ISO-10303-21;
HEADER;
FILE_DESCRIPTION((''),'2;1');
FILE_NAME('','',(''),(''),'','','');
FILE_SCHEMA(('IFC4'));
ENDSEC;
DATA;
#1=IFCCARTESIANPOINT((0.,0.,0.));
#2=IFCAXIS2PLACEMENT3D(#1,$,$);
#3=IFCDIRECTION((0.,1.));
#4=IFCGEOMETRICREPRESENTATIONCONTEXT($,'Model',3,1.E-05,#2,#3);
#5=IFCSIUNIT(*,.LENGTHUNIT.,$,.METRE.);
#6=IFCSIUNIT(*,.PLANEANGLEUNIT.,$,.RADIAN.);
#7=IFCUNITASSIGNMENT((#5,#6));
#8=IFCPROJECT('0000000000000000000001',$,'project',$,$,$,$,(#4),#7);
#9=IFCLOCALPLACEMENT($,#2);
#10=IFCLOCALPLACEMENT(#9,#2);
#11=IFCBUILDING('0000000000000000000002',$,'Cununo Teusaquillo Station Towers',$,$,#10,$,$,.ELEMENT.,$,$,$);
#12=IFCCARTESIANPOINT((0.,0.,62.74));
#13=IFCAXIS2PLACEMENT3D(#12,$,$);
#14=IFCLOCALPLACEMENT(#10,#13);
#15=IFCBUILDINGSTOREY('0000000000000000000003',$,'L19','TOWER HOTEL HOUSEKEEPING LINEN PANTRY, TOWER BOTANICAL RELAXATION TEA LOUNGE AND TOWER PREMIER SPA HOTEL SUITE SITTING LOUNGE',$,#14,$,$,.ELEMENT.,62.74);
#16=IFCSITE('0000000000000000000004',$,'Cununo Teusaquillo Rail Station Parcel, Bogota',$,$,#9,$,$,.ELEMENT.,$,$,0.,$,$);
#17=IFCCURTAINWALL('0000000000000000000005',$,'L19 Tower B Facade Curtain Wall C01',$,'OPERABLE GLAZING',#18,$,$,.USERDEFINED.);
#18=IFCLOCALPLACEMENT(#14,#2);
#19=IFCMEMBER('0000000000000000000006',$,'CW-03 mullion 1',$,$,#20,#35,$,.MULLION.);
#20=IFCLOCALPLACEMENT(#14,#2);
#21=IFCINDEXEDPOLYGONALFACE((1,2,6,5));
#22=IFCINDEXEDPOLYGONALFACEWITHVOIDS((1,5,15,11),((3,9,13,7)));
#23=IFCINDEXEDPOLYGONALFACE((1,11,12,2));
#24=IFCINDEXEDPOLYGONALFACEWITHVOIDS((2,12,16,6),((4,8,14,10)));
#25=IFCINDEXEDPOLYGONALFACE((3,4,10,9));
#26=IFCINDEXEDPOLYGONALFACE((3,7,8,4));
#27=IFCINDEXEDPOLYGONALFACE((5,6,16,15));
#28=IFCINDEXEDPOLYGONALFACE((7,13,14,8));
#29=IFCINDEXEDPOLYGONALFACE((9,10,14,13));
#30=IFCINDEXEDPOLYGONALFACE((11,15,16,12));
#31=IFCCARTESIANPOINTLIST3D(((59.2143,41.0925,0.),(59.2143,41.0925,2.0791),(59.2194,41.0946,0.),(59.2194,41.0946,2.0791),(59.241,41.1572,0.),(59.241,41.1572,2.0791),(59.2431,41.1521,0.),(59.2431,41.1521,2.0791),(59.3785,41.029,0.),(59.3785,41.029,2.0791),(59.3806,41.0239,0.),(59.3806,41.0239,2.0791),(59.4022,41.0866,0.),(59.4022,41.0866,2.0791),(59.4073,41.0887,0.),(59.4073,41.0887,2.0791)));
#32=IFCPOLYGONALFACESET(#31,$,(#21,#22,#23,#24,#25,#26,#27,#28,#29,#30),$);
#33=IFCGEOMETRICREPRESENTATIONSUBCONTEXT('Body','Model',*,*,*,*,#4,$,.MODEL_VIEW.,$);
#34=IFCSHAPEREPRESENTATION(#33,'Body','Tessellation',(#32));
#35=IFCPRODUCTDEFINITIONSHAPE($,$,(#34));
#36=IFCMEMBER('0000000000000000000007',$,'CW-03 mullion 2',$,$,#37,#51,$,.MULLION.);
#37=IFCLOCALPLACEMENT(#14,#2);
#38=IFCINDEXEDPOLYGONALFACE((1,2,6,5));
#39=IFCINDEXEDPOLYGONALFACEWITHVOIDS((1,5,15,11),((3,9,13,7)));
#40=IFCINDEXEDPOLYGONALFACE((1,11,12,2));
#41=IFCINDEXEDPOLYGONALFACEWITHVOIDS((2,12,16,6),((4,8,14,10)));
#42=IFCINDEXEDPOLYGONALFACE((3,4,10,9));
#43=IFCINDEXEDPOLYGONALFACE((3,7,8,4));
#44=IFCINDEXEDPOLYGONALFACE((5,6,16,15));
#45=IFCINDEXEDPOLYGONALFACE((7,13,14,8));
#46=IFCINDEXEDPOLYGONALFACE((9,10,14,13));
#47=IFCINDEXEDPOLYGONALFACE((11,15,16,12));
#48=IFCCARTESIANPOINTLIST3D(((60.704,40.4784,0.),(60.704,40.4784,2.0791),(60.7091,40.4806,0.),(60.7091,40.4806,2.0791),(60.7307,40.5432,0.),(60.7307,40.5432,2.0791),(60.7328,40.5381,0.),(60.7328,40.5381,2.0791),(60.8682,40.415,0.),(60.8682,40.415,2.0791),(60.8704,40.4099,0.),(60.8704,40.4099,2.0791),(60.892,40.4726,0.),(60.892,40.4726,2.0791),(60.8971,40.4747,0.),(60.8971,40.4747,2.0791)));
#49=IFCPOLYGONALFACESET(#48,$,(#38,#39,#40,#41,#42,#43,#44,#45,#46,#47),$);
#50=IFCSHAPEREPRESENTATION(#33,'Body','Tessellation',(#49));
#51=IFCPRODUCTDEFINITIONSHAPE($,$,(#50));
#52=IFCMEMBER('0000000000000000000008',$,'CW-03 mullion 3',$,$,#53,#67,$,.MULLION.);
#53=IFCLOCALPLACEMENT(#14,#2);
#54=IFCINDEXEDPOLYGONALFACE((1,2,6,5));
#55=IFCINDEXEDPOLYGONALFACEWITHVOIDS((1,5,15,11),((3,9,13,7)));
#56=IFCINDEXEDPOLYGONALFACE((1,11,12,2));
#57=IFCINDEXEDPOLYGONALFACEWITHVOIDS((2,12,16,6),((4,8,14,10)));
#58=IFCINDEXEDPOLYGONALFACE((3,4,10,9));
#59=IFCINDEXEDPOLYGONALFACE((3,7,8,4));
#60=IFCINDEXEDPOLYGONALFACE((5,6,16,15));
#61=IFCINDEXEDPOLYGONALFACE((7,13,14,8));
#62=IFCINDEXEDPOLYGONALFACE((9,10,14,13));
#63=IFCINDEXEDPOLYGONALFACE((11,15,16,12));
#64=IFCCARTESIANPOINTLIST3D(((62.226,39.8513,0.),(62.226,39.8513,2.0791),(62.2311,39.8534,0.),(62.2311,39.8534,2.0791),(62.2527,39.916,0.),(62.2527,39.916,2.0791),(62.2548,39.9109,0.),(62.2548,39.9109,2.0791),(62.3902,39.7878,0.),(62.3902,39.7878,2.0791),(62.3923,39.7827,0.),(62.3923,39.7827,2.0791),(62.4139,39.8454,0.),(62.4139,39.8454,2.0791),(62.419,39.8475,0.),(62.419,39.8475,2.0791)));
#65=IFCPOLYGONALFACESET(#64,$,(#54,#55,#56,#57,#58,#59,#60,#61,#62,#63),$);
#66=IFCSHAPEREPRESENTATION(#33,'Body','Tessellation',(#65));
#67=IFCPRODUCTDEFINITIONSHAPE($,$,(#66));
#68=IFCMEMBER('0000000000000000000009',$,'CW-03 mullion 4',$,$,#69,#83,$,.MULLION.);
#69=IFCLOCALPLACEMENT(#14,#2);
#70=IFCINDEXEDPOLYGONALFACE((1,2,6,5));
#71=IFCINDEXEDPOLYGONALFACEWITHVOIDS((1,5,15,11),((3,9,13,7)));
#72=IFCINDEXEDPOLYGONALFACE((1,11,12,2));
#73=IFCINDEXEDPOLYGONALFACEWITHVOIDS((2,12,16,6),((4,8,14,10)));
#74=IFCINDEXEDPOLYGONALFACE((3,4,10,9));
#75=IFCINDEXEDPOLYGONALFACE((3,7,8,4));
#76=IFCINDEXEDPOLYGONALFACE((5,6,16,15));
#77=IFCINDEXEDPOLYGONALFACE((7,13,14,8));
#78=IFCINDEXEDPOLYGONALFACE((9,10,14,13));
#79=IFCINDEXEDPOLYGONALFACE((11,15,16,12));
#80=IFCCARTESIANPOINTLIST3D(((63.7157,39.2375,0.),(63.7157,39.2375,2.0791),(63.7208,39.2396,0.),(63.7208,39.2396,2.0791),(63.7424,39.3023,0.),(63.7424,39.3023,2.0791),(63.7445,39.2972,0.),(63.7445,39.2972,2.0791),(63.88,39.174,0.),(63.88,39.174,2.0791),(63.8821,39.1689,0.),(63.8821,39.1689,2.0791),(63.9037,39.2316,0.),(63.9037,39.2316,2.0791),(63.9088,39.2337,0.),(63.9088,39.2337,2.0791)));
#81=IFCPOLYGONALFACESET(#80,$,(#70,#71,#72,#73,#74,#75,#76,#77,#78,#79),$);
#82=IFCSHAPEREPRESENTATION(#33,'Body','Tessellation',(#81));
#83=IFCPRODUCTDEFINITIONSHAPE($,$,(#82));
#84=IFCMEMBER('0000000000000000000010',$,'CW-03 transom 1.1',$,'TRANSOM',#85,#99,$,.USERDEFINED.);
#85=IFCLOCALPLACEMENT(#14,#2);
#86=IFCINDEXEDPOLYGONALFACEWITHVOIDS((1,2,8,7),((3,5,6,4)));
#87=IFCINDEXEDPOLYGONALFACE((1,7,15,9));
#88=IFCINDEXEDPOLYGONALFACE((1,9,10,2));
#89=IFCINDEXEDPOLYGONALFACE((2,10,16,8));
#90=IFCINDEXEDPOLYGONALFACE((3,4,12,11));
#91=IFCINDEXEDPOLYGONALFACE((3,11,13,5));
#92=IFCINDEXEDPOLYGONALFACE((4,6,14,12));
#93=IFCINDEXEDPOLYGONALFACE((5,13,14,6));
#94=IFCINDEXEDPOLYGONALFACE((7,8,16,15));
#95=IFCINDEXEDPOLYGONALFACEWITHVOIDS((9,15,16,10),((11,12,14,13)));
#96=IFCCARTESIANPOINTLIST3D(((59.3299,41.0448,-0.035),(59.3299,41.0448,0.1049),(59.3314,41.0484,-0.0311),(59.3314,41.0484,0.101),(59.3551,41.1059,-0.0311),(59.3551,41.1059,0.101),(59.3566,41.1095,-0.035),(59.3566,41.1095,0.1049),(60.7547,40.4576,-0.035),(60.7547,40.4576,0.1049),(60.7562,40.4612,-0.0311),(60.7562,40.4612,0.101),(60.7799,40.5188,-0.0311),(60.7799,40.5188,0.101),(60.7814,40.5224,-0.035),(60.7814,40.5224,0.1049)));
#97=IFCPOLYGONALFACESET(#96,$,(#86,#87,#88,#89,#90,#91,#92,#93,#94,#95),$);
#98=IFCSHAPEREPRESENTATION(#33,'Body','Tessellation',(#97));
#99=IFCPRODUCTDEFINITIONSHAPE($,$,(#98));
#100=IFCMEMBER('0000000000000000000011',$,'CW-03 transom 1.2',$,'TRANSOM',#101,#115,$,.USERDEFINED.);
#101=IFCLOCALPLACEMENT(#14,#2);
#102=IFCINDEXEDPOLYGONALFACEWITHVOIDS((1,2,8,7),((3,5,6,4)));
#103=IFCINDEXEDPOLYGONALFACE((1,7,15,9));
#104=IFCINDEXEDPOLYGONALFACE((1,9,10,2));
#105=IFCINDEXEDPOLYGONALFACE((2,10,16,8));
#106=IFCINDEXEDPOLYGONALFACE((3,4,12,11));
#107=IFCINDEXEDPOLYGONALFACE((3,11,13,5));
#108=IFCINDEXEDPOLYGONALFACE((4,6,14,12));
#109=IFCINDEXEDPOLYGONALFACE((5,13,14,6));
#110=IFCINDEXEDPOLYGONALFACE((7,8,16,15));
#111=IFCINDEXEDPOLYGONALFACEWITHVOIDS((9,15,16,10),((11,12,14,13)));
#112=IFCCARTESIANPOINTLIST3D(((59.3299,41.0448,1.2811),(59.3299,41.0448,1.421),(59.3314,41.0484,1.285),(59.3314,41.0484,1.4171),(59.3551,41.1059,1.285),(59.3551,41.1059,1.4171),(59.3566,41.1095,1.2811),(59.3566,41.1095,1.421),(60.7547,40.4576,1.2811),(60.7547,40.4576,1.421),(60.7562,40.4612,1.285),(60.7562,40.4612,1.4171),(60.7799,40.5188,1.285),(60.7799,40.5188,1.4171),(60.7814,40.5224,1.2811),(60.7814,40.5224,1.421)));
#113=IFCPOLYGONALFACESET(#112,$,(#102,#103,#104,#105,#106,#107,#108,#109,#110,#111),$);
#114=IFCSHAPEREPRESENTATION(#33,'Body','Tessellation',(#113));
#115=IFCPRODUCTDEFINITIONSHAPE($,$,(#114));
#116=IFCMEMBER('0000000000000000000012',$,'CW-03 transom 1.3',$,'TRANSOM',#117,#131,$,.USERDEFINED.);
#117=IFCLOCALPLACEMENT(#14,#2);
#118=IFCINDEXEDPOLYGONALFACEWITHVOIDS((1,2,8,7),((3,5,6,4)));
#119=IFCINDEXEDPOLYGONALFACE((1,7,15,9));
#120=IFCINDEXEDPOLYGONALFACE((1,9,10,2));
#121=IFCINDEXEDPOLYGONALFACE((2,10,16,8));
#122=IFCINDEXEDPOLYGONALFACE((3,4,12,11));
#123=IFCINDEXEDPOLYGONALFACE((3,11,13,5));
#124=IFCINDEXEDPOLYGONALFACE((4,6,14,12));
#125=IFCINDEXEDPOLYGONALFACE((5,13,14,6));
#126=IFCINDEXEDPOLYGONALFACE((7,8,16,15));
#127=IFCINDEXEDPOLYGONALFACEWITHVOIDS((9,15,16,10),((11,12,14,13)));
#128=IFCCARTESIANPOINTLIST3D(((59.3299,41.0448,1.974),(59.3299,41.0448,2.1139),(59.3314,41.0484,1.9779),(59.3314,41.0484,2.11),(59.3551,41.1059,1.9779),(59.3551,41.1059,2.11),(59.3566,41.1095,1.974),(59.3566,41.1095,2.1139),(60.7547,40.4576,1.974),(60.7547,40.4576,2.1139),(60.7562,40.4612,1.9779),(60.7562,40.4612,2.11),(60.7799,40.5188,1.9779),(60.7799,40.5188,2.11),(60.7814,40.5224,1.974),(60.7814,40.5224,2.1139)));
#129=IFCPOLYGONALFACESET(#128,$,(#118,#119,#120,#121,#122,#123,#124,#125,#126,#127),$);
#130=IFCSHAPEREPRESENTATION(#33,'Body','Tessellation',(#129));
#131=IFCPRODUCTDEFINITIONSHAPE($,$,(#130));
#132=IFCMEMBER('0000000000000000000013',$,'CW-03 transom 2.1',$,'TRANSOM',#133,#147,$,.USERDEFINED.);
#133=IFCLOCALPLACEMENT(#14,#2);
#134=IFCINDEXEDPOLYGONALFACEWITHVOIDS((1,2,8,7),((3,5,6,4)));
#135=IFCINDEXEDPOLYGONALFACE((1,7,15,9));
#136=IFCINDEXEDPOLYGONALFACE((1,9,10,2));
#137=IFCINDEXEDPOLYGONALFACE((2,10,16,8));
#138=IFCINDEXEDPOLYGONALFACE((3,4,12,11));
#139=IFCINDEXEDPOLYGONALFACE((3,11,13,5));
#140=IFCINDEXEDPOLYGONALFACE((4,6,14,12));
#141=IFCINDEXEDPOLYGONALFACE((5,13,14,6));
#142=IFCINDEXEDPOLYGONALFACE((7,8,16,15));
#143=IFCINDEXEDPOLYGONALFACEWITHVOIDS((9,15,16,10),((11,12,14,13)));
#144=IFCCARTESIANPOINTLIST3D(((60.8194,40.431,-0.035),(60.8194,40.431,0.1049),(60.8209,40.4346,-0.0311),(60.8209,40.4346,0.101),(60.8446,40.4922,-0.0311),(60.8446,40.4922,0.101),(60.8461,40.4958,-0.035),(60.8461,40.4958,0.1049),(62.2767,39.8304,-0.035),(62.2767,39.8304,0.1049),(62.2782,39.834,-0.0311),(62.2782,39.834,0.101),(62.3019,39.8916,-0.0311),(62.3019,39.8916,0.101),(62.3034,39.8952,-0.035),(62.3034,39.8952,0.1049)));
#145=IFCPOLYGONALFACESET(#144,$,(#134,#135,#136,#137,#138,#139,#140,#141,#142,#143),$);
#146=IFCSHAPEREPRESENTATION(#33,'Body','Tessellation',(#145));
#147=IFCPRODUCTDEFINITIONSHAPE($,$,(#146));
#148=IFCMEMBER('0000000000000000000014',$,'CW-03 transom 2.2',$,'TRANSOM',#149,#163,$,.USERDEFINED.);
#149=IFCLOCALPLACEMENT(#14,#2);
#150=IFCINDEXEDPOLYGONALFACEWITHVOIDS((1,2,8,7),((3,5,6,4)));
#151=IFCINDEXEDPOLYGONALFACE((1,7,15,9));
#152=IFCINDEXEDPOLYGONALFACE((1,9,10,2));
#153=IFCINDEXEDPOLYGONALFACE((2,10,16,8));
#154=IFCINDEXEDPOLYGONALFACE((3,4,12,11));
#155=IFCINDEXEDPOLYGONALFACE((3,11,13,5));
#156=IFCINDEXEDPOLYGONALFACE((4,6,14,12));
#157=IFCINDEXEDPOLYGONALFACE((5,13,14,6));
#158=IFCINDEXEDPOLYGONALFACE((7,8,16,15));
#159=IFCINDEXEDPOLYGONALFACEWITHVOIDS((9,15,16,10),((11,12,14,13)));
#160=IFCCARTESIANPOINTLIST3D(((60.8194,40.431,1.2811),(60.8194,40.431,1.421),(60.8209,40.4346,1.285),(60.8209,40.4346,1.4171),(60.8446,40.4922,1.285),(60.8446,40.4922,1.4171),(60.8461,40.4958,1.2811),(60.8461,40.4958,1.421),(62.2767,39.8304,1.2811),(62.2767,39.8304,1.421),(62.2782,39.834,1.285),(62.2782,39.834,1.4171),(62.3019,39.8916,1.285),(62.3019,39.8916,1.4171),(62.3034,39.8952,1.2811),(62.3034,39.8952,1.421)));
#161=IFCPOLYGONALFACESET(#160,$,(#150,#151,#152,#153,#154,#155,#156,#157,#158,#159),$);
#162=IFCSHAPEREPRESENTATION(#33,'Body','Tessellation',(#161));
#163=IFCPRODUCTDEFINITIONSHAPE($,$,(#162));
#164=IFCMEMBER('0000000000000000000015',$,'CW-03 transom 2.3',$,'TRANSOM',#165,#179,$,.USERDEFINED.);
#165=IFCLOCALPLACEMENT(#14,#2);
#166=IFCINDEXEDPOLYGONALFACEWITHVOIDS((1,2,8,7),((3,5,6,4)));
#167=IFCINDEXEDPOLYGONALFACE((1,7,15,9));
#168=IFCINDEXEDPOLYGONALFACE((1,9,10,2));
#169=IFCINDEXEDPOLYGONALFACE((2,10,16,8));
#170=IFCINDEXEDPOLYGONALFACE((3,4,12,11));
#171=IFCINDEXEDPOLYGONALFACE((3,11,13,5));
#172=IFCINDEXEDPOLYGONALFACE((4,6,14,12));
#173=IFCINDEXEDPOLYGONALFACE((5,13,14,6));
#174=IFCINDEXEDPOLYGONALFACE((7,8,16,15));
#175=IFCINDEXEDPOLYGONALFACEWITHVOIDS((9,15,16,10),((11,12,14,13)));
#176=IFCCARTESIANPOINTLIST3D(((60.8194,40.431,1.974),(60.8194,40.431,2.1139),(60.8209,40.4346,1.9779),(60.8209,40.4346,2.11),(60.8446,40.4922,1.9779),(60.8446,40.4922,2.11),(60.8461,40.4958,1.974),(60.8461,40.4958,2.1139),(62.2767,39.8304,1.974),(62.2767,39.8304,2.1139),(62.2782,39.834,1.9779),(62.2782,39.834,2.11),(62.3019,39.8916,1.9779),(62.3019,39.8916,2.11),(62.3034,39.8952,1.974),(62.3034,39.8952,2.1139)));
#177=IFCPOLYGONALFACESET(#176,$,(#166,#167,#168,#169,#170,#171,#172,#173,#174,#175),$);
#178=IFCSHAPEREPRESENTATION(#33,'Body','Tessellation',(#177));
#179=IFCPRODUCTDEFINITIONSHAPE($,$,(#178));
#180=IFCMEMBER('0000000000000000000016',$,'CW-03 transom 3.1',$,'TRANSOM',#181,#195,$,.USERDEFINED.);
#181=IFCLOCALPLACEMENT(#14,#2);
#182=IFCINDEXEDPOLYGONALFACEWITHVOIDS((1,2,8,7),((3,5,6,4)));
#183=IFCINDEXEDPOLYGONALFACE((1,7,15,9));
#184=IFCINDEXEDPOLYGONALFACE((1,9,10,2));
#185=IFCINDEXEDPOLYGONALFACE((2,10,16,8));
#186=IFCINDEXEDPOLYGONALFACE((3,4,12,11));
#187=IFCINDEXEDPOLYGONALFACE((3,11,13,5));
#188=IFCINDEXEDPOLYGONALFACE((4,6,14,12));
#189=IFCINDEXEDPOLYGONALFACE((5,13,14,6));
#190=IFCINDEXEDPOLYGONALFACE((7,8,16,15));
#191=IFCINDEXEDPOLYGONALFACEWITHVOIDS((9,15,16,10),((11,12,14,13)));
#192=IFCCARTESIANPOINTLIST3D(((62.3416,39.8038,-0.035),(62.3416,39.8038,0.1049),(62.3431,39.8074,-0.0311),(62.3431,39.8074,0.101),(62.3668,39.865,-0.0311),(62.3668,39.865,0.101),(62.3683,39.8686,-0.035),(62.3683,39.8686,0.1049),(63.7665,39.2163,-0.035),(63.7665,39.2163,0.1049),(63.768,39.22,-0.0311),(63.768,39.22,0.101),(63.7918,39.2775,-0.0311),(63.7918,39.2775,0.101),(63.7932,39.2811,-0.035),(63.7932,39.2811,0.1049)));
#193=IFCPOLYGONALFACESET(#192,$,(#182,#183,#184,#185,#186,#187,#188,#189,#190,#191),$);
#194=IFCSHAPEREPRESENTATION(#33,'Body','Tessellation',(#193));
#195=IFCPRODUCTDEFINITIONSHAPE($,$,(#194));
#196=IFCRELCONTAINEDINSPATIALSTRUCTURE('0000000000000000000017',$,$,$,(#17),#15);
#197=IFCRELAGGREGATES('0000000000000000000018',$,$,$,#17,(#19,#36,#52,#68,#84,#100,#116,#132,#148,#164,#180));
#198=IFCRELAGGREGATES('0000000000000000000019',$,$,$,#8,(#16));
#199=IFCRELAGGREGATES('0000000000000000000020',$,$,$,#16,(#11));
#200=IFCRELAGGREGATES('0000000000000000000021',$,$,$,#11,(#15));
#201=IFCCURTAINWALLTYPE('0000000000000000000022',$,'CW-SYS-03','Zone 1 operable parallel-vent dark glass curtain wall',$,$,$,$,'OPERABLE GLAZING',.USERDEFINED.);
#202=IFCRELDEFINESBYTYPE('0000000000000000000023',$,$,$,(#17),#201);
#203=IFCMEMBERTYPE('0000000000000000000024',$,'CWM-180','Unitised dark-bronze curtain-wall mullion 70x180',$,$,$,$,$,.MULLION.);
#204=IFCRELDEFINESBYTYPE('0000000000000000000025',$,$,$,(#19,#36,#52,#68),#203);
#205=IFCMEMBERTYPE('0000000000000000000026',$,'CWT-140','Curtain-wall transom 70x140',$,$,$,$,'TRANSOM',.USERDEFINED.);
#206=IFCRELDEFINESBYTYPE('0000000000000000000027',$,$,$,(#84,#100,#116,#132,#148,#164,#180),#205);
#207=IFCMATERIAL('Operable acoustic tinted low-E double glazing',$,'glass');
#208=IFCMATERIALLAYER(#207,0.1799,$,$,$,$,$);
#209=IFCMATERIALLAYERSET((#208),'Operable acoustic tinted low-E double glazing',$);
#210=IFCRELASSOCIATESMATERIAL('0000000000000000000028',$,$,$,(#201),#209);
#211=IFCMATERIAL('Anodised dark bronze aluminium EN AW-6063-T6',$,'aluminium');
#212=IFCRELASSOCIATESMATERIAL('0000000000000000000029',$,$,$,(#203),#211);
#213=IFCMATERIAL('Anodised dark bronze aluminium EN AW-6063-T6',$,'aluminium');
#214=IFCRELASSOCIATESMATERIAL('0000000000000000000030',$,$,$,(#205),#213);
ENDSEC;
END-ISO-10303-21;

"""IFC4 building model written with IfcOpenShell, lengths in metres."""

from ifc_helpers import new_model, si_unit, direction, frame, origin, origin_2d, place, context, subcontext, project, spatial, hollow_rectangle, extrude, material, layer, layer_set, material_profile, profile_set, type_object, element, aggregate, save


model = new_model("IFC4")

# Units and contexts
model_context = context("Model", 3, precision=1e-05, world=origin(), true_north=direction((0.0, 1.0)))
body_context = subcontext(model_context, "Body", "Model", "MODEL_VIEW")
ifc_project = project(units=[si_unit("LENGTHUNIT", "METRE"), si_unit("PLANEANGLEUNIT", "RADIAN")], contexts=[model_context])

# Site, building, storey
site_placement = place(None, origin())
site = spatial("IfcSite", under=ifc_project, at=site_placement, Name="Cununo Teusaquillo Rail Station Parcel, Bogota", CompositionType="ELEMENT", RefElevation=0.0)
building_placement = place(site_placement, origin())
building = spatial("IfcBuilding", under=site, at=building_placement, Name="Cununo Teusaquillo Station Towers", CompositionType="ELEMENT")
storey_placement = place(building_placement, frame((0.0, 0.0, 62.74)))
storey = spatial("IfcBuildingStorey", under=building, at=storey_placement, Name="L19", Description="TOWER HOTEL HOUSEKEEPING LINEN PANTRY, TOWER BOTANICAL RELAXATION TEA LOUNGE AND TOWER PREMIER SPA HOTEL SUITE SITTING LOUNGE", CompositionType="ELEMENT", Elevation=62.74)

# Curtain wall, members
ifc_material_1 = material(Name="Operable acoustic tinted low-E double glazing", Category="glass")
ifc_layer_1 = layer(ifc_material_1, 0.1799)
ifc_layer_set_1 = layer_set([ifc_layer_1], Name="Operable acoustic tinted low-E double glazing")
curtain_wall_type = type_object("IfcCurtainWallType", Name="CW-SYS-03", Description="Zone 1 operable parallel-vent dark glass curtain wall", ElementType="OPERABLE GLAZING", PredefinedType="USERDEFINED", material=ifc_layer_set_1)
curtain_wall_placement = place(storey_placement, origin())
curtain_wall = element("IfcCurtainWall", 1, at=curtain_wall_placement, inside=storey, type_object=curtain_wall_type, Name="L19 Tower B Facade Curtain Wall C01", ObjectType="OPERABLE GLAZING", PredefinedType="USERDEFINED")
ifc_material_2 = material(Name="Anodised dark bronze aluminium EN AW-6063-T6", Category="aluminium")
ifc_material_profile_1 = material_profile(ifc_material_2, hollow_rectangle(XDim=0.0701, YDim=0.1799, WallThickness=0.0039, at=origin_2d()), Name="CW-MULL-70x180")
ifc_profile_set_1 = profile_set([ifc_material_profile_1], Name="Anodised dark bronze aluminium EN AW-6063-T6")
member_type_1 = type_object("IfcMemberType", Name="CWM-180", Description="Unitised dark-bronze curtain-wall mullion 70x180", PredefinedType="MULLION", material=ifc_profile_set_1)
member_1_placement = place(storey_placement, frame((59.3108, 41.0906, 0.0), z_axis=(0.0, 0.0, 1.0), x_axis=(0.381006, 0.924572, 0.0)))
member_1 = element("IfcMember", 2, at=member_1_placement, type_object=member_type_1, Name="CW-03 mullion 1", PredefinedType="MULLION", context=body_context, shape_type="SweptSolid", body=[
    extrude(hollow_rectangle(XDim=0.0701, YDim=0.1799, WallThickness=0.0039, at=origin_2d()), origin(), (0.0, 0.0, 1.0), 2.0791),
])
member_2_placement = place(storey_placement, frame((60.8005, 40.4766, 0.0), z_axis=(0.0, 0.0, 1.0), x_axis=(0.381006, 0.924572, 0.0)))
member_2 = element("IfcMember", 3, at=member_2_placement, type_object=member_type_1, Name="CW-03 mullion 2", PredefinedType="MULLION", context=body_context, shape_type="SweptSolid", body=[
    extrude(hollow_rectangle(XDim=0.0701, YDim=0.1799, WallThickness=0.0039, at=origin_2d()), origin(), (0.0, 0.0, 1.0), 2.0791),
])
member_3_placement = place(storey_placement, frame((62.3225, 39.8494, 0.0), z_axis=(0.0, 0.0, 1.0), x_axis=(0.381006, 0.924572, 0.0)))
member_3 = element("IfcMember", 4, at=member_3_placement, type_object=member_type_1, Name="CW-03 mullion 3", PredefinedType="MULLION", context=body_context, shape_type="SweptSolid", body=[
    extrude(hollow_rectangle(XDim=0.0701, YDim=0.1799, WallThickness=0.0039, at=origin_2d()), origin(), (0.0, 0.0, 1.0), 2.0791),
])
member_4_placement = place(storey_placement, frame((63.8123, 39.2356, 0.0), z_axis=(0.0, 0.0, 1.0), x_axis=(0.381006, 0.924572, 0.0)))
member_4 = element("IfcMember", 5, at=member_4_placement, type_object=member_type_1, Name="CW-03 mullion 4", PredefinedType="MULLION", context=body_context, shape_type="SweptSolid", body=[
    extrude(hollow_rectangle(XDim=0.0701, YDim=0.1799, WallThickness=0.0039, at=origin_2d()), origin(), (0.0, 0.0, 1.0), 2.0791),
])
ifc_material_3 = material(Name="Anodised dark bronze aluminium EN AW-6063-T6", Category="aluminium")
ifc_material_profile_2 = material_profile(ifc_material_3, hollow_rectangle(XDim=0.0701, YDim=0.1399, WallThickness=0.0039, at=origin_2d()), Name="CW-TRAN-70x140")
ifc_profile_set_2 = profile_set([ifc_material_profile_2], Name="Anodised dark bronze aluminium EN AW-6063-T6")
member_type_2 = type_object("IfcMemberType", Name="CWT-140", Description="Curtain-wall transom 70x140", ElementType="TRANSOM", PredefinedType="USERDEFINED", material=ifc_profile_set_2)
member_5_placement = place(storey_placement, frame((59.3433, 41.0771, 0.0349), z_axis=(0.92457, -0.381013, 0.0), x_axis=(0.381013, 0.92457, 0.0)))
member_5 = element("IfcMember", 6, at=member_5_placement, type_object=member_type_2, Name="CW-03 transom 1.1", ObjectType="TRANSOM", PredefinedType="USERDEFINED", context=body_context, shape_type="SweptSolid", body=[
    extrude(hollow_rectangle(XDim=0.0701, YDim=0.1399, WallThickness=0.0039, at=origin_2d()), origin(), (0.0, 0.0, 1.0), 1.541),
])
member_6_placement = place(storey_placement, frame((59.3433, 41.0771, 1.3511), z_axis=(0.92457, -0.381013, 0.0), x_axis=(0.381013, 0.92457, 0.0)))
member_6 = element("IfcMember", 7, at=member_6_placement, type_object=member_type_2, Name="CW-03 transom 1.2", ObjectType="TRANSOM", PredefinedType="USERDEFINED", context=body_context, shape_type="SweptSolid", body=[
    extrude(hollow_rectangle(XDim=0.0701, YDim=0.1399, WallThickness=0.0039, at=origin_2d()), origin(), (0.0, 0.0, 1.0), 1.541),
])
member_7_placement = place(storey_placement, frame((59.3433, 41.0771, 2.0439), z_axis=(0.92457, -0.381013, 0.0), x_axis=(0.381013, 0.92457, 0.0)))
member_7 = element("IfcMember", 8, at=member_7_placement, type_object=member_type_2, Name="CW-03 transom 1.3", ObjectType="TRANSOM", PredefinedType="USERDEFINED", context=body_context, shape_type="SweptSolid", body=[
    extrude(hollow_rectangle(XDim=0.0701, YDim=0.1399, WallThickness=0.0039, at=origin_2d()), origin(), (0.0, 0.0, 1.0), 1.541),
])
member_8_placement = place(storey_placement, frame((60.8328, 40.4634, 0.0349), z_axis=(0.924559, -0.381038, 0.0), x_axis=(0.381038, 0.924559, 0.0)))
member_8 = element("IfcMember", 9, at=member_8_placement, type_object=member_type_2, Name="CW-03 transom 2.1", ObjectType="TRANSOM", PredefinedType="USERDEFINED", context=body_context, shape_type="SweptSolid", body=[
    extrude(hollow_rectangle(XDim=0.0701, YDim=0.1399, WallThickness=0.0039, at=origin_2d()), origin(), (0.0, 0.0, 1.0), 1.5762),
])
member_9_placement = place(storey_placement, frame((60.8328, 40.4634, 1.3511), z_axis=(0.924559, -0.381038, 0.0), x_axis=(0.381038, 0.924559, 0.0)))
member_9 = element("IfcMember", 10, at=member_9_placement, type_object=member_type_2, Name="CW-03 transom 2.2", ObjectType="TRANSOM", PredefinedType="USERDEFINED", context=body_context, shape_type="SweptSolid", body=[
    extrude(hollow_rectangle(XDim=0.0701, YDim=0.1399, WallThickness=0.0039, at=origin_2d()), origin(), (0.0, 0.0, 1.0), 1.5762),
])
member_10_placement = place(storey_placement, frame((60.8328, 40.4634, 2.0439), z_axis=(0.924559, -0.381038, 0.0), x_axis=(0.381038, 0.924559, 0.0)))
member_10 = element("IfcMember", 11, at=member_10_placement, type_object=member_type_2, Name="CW-03 transom 2.3", ObjectType="TRANSOM", PredefinedType="USERDEFINED", context=body_context, shape_type="SweptSolid", body=[
    extrude(hollow_rectangle(XDim=0.0701, YDim=0.1399, WallThickness=0.0039, at=origin_2d()), origin(), (0.0, 0.0, 1.0), 1.5762),
])
member_11_placement = place(storey_placement, frame((62.355, 39.8362, 0.0349), z_axis=(0.924514, -0.381148, 0.0), x_axis=(0.381148, 0.924514, 0.0)))
member_11 = element("IfcMember", 12, at=member_11_placement, type_object=member_type_2, Name="CW-03 transom 3.1", ObjectType="TRANSOM", PredefinedType="USERDEFINED", context=body_context, shape_type="SweptSolid", body=[
    extrude(hollow_rectangle(XDim=0.0701, YDim=0.1399, WallThickness=0.0039, at=origin_2d()), origin(), (0.0, 0.0, 1.0), 1.5413),
])

aggregate(curtain_wall, [member_1, member_2, member_3, member_4, member_5, member_6, member_7, member_8, member_9, member_10, member_11])

save(model, "model.ifc")
